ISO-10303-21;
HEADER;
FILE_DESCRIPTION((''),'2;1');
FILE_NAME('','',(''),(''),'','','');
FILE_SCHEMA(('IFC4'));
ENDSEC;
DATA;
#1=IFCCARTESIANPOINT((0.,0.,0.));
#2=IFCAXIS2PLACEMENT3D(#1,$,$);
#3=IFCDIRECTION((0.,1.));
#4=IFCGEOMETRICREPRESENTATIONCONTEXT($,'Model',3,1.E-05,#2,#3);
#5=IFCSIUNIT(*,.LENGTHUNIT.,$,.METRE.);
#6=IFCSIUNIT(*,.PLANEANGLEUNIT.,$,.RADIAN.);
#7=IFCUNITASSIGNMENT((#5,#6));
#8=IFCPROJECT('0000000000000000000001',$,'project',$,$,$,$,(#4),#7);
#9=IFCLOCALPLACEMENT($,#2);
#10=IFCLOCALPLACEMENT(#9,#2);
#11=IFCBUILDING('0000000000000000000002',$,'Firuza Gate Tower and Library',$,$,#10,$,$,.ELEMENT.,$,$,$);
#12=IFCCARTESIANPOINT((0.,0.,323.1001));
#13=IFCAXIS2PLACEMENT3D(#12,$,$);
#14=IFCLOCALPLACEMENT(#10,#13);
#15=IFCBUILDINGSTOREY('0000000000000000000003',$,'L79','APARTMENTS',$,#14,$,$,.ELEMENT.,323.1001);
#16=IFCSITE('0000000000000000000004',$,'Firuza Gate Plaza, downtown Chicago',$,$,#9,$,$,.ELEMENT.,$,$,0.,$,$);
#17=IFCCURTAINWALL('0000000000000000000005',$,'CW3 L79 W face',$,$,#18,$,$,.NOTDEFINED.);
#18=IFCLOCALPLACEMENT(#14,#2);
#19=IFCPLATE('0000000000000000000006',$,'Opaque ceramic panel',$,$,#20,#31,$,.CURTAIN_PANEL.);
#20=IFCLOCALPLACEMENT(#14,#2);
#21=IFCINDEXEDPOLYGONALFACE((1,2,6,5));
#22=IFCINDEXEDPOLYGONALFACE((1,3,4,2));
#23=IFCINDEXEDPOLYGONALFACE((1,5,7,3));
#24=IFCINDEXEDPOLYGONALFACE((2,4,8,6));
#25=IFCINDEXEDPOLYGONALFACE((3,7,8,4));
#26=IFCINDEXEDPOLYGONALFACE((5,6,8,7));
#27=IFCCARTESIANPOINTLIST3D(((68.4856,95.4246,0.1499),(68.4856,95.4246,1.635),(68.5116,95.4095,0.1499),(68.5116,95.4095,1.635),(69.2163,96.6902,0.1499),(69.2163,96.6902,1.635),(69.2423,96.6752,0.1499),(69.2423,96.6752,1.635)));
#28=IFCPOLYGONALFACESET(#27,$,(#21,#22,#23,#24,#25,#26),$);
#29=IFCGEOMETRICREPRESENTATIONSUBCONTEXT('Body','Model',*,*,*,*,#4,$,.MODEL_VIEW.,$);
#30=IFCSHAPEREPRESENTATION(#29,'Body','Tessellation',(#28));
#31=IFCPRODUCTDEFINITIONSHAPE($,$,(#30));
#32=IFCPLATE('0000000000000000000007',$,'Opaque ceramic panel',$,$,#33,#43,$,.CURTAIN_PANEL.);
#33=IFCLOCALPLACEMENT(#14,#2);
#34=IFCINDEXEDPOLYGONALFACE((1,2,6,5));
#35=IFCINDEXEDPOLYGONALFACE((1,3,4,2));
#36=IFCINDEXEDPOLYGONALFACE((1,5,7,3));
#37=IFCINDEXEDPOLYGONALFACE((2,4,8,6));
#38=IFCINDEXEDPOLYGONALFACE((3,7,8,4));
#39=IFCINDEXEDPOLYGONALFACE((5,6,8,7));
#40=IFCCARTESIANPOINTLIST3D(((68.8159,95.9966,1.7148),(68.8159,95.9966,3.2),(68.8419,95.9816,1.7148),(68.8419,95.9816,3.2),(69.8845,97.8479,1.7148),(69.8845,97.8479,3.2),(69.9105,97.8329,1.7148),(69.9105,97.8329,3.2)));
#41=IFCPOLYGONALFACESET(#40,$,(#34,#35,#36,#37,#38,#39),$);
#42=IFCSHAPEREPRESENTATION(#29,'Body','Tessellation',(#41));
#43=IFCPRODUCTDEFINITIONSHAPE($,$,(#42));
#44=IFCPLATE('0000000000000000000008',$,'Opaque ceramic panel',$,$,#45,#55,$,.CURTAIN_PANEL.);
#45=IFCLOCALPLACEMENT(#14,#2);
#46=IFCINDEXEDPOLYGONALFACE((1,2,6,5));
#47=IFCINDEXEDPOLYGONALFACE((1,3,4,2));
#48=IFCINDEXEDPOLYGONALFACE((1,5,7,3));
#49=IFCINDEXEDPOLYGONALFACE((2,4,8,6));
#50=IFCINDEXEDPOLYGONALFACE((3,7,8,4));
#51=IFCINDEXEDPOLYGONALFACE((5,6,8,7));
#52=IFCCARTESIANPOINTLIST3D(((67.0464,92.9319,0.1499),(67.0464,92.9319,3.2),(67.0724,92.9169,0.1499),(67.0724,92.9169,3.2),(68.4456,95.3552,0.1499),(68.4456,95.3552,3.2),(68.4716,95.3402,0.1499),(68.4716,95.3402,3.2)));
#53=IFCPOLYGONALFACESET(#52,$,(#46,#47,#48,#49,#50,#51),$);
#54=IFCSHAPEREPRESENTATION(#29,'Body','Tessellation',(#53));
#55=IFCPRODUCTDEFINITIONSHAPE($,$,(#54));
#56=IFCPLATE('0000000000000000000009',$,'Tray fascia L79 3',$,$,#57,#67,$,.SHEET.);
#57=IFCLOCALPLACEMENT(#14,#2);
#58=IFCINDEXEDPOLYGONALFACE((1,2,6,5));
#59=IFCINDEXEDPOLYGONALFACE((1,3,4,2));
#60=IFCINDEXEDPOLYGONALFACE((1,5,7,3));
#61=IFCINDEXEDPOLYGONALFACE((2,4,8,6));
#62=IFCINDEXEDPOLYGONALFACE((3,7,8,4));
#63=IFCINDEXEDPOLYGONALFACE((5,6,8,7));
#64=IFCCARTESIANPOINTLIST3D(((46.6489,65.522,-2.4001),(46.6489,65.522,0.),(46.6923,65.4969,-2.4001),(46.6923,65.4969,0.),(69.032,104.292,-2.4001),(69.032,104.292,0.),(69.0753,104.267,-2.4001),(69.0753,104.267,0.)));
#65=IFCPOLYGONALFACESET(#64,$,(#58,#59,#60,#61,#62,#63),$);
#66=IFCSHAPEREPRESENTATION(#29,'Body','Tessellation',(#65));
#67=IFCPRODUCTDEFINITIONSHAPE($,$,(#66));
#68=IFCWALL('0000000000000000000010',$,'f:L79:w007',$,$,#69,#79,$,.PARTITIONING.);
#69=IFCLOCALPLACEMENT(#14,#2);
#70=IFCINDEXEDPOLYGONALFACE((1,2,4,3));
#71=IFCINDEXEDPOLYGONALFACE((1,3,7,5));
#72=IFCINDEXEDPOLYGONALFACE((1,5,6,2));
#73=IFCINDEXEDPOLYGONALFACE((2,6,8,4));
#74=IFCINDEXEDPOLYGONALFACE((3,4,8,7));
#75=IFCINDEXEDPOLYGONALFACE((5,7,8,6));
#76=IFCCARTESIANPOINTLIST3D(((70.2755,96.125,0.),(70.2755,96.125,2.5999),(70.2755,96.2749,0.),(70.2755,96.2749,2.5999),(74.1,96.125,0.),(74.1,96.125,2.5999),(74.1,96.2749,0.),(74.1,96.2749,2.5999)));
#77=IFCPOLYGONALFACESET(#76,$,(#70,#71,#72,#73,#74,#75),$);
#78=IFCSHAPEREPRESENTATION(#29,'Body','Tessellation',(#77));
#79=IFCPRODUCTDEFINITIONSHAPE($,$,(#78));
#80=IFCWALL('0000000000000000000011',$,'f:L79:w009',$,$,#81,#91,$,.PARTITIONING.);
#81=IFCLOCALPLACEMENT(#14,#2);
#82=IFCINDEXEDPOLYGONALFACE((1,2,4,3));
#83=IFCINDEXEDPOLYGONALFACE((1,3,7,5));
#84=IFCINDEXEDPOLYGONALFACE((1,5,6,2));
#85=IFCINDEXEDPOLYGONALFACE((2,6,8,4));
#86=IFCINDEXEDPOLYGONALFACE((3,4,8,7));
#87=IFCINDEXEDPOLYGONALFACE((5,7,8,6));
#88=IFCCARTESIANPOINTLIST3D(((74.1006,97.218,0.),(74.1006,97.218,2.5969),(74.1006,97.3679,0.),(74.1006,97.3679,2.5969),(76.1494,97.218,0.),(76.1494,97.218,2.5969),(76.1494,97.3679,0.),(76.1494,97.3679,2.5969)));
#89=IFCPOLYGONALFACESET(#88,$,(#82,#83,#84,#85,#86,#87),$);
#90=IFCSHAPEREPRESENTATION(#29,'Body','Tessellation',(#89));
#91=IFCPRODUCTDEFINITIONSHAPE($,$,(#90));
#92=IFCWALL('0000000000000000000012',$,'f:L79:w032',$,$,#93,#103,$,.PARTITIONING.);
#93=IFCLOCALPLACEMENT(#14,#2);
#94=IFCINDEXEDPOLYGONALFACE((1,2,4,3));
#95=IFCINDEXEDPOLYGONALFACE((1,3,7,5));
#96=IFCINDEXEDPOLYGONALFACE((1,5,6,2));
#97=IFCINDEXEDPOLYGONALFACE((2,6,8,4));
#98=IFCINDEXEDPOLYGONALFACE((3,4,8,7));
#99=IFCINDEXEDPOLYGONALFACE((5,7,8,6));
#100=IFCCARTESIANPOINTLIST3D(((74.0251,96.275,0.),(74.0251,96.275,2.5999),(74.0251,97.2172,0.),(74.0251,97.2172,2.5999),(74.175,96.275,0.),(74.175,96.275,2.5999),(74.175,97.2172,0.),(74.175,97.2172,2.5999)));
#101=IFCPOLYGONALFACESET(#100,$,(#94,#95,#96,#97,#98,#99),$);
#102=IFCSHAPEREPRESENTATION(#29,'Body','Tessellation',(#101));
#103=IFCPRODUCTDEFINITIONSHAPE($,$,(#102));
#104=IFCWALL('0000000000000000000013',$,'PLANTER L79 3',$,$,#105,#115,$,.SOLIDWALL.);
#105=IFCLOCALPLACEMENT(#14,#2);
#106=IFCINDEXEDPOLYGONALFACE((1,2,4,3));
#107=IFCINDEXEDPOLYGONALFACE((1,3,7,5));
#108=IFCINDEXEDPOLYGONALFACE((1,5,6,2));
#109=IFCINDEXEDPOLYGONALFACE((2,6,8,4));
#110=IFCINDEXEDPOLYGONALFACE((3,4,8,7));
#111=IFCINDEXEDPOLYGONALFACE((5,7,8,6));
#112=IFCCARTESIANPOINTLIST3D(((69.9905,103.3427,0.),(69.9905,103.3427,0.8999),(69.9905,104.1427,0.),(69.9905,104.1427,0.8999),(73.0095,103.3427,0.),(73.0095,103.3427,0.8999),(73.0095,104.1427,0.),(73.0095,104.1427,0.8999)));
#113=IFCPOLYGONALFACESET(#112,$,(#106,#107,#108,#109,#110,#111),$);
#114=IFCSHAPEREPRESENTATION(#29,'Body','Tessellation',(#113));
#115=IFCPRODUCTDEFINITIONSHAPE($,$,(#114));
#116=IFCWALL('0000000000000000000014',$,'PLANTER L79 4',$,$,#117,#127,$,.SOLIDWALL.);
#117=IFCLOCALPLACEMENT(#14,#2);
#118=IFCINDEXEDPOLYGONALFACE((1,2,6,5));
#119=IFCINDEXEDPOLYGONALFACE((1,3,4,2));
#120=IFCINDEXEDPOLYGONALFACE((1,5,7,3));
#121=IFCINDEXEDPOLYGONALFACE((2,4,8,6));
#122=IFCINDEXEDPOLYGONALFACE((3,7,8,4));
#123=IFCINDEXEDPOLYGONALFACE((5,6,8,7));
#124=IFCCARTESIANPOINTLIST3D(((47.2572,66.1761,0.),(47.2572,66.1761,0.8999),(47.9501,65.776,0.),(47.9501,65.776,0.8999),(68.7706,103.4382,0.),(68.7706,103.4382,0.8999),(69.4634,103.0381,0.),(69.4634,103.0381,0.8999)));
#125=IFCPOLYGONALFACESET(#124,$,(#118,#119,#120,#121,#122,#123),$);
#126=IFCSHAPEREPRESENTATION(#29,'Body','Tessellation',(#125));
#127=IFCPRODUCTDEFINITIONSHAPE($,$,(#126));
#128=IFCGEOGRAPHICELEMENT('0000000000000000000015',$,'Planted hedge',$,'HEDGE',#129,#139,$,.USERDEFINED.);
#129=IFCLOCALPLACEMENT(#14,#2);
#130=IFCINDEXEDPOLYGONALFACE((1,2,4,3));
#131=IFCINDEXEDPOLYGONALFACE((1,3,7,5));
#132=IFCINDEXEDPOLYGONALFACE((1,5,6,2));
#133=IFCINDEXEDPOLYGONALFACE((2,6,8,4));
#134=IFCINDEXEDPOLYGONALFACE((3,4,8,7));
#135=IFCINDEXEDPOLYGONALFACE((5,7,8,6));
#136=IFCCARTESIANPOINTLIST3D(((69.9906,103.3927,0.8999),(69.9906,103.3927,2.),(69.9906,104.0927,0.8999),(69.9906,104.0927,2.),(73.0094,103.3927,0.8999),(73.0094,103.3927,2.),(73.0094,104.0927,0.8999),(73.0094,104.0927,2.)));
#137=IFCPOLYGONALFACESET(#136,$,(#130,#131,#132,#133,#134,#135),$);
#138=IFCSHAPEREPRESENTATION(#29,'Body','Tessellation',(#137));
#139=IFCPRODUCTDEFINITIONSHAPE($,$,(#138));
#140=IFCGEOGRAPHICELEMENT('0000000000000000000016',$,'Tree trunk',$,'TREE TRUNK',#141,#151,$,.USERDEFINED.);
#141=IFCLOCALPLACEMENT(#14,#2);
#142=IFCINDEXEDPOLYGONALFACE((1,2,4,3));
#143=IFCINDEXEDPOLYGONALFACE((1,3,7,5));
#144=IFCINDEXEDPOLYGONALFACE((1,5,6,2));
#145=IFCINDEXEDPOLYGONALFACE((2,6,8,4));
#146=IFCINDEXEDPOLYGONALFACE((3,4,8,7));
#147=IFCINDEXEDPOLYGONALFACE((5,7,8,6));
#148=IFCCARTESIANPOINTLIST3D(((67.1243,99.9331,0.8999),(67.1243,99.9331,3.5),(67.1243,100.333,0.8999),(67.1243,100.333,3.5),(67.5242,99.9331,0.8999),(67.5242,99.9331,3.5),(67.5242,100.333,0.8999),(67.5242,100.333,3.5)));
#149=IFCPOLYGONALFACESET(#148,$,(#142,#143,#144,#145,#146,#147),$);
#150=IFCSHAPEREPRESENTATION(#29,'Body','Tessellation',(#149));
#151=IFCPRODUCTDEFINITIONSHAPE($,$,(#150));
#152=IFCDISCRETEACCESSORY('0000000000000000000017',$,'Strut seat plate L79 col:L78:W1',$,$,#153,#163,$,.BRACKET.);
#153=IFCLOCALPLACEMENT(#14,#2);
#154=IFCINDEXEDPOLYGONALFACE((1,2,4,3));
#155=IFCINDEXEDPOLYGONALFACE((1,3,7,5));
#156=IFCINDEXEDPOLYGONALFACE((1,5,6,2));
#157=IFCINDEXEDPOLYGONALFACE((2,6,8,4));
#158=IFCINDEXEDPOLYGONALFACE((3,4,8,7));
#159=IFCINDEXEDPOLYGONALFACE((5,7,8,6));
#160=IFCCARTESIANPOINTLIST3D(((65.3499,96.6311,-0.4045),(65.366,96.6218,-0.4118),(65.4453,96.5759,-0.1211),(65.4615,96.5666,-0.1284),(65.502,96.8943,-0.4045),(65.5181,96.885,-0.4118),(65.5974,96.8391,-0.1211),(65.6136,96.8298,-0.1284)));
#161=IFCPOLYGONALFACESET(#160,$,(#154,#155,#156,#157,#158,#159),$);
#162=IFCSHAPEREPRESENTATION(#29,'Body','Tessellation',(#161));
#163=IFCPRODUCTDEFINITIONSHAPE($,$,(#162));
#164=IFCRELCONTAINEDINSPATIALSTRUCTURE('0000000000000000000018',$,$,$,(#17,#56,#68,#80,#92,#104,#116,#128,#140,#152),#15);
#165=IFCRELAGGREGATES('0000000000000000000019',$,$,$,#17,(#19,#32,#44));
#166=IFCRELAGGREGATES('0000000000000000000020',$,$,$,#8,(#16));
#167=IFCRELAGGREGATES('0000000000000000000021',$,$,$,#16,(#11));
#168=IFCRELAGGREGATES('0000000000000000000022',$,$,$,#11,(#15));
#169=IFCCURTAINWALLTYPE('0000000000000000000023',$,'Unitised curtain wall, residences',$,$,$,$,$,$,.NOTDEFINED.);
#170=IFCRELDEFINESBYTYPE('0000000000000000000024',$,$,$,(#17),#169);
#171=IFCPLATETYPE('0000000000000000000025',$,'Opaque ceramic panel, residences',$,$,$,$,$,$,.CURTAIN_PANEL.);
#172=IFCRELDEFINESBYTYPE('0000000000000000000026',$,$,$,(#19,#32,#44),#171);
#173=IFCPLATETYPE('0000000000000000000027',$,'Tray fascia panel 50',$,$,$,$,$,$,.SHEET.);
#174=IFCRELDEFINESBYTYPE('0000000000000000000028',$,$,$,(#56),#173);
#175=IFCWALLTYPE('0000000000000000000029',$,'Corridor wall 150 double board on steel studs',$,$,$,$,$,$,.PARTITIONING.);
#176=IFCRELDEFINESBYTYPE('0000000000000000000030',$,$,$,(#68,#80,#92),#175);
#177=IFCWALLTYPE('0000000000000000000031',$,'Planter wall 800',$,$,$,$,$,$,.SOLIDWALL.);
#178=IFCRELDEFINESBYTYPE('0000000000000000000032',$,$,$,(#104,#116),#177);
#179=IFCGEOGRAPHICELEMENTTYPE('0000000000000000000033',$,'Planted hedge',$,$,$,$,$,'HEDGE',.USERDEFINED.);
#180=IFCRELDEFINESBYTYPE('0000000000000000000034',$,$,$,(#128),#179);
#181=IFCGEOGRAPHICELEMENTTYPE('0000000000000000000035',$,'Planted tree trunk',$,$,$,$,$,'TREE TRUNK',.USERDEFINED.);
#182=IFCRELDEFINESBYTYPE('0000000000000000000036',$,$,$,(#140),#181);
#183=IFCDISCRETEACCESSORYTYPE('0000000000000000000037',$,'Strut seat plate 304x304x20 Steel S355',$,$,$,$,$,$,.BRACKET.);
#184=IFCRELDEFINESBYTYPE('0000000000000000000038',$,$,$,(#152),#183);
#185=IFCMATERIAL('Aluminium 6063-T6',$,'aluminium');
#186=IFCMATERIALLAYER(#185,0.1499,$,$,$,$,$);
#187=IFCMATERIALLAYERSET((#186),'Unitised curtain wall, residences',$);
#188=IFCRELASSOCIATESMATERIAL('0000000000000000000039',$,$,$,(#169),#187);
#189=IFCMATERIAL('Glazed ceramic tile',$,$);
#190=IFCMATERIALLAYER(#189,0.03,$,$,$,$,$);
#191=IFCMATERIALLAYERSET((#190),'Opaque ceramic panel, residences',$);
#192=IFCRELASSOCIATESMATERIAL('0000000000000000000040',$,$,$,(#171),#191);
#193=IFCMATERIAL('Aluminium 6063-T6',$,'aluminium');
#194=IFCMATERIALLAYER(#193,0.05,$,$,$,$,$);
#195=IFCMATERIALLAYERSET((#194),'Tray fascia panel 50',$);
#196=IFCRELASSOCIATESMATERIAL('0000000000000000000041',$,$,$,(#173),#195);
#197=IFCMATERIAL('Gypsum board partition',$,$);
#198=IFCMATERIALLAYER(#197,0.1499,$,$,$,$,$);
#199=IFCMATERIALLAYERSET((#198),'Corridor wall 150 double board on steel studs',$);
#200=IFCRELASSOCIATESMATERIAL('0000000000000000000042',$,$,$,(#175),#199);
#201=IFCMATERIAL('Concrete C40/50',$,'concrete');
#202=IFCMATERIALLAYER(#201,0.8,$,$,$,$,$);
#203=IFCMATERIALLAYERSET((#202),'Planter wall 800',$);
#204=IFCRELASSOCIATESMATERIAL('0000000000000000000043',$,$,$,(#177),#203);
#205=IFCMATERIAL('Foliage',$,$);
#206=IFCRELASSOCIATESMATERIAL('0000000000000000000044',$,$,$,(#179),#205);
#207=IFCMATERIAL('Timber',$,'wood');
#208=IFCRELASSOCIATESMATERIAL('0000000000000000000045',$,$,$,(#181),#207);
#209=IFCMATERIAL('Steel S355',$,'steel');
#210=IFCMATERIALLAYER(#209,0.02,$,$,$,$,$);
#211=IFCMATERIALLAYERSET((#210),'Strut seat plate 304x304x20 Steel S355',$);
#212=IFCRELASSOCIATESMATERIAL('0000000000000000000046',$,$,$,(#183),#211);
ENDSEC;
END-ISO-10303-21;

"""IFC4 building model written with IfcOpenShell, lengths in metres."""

from ifc_helpers import new_model, si_unit, direction, frame, frame_2d, origin, origin_2d, place, context, subcontext, project, spatial, polyline, rectangle, outline, extrude, material, layer, layer_set, type_object, element, aggregate, save


model = new_model("IFC4")

# Units and contexts
model_context = context("Model", 3, precision=1e-05, world=origin(), true_north=direction((0.0, 1.0)))
body_context = subcontext(model_context, "Body", "Model", "MODEL_VIEW")
ifc_project = project(units=[si_unit("LENGTHUNIT", "METRE"), si_unit("PLANEANGLEUNIT", "RADIAN")], contexts=[model_context])

# Site, building, storey
site_placement = place(None, origin())
site = spatial("IfcSite", under=ifc_project, at=site_placement, Name="Firuza Gate Plaza, downtown Chicago", CompositionType="ELEMENT", RefElevation=0.0)
building_placement = place(site_placement, origin())
building = spatial("IfcBuilding", under=site, at=building_placement, Name="Firuza Gate Tower and Library", CompositionType="ELEMENT")
storey_placement = place(building_placement, frame((0.0, 0.0, 323.1001)))
storey = spatial("IfcBuildingStorey", under=building, at=storey_placement, Name="L79", Description="APARTMENTS", CompositionType="ELEMENT", Elevation=323.1001)

# Curtain wall
ifc_material_1 = material(Name="Aluminium 6063-T6", Category="aluminium")
ifc_layer_1 = layer(ifc_material_1, 0.1499)
ifc_layer_set_1 = layer_set([ifc_layer_1], Name="Unitised curtain wall, residences")
curtain_wall_type_1 = type_object("IfcCurtainWallType", Name="Unitised curtain wall, residences", PredefinedType="NOTDEFINED", material=ifc_layer_set_1)
placement = place(storey_placement, origin())
curtain_wall_1 = element("IfcCurtainWall", 1, at=placement, inside=storey, type_object=curtain_wall_type_1, Name="CW3 L79 W face", PredefinedType="NOTDEFINED")

# Plates
ifc_material_2 = material(Name="Glazed ceramic tile")
ifc_layer_2 = layer(ifc_material_2, 0.03)
ifc_layer_set_2 = layer_set([ifc_layer_2], Name="Opaque ceramic panel, residences")
plate_type_1 = type_object("IfcPlateType", Name="Opaque ceramic panel, residences", PredefinedType="CURTAIN_PANEL", material=ifc_layer_set_2)
plate_1_placement = place(storey_placement, frame((69.2163, 96.6902, 0.1499), z_axis=(-0.866024, 0.500002, 0.0), x_axis=(-0.500002, -0.866024, 0.0)))
plate_1 = element("IfcPlate", 2, at=plate_1_placement, type_object=plate_type_1, Name="Opaque ceramic panel", PredefinedType="CURTAIN_PANEL", context=body_context, shape_type="SweptSolid", body=[
    extrude(outline(polyline([(0.0, 0.0), (1.4614, 0.0), (1.4614, 1.4851), (0.0, 1.4851), (0.0, 0.0)])), origin(), (0.0, 0.0, -1.0), 0.03),
])
plate_2_placement = place(storey_placement, frame((69.8845, 97.8479, 1.7148), z_axis=(-0.866077, 0.49991, 0.0), x_axis=(-0.49991, -0.866077, 0.0)))
plate_2 = element("IfcPlate", 3, at=plate_2_placement, type_object=plate_type_1, Name="Opaque ceramic panel", PredefinedType="CURTAIN_PANEL", context=body_context, shape_type="SweptSolid", body=[
    extrude(outline(polyline([(0.0, 0.0), (2.1376, 0.0), (2.1376, 1.4851), (0.0, 1.4851), (0.0, 0.0)])), origin(), (0.0, 0.0, -1.0), 0.03),
])
plate_3_placement = place(storey_placement, frame((68.4456, 95.3552, 0.1499), z_axis=(-0.866017, 0.500014, 0.0), x_axis=(-0.500014, -0.866017, 0.0)))
plate_3 = element("IfcPlate", 4, at=plate_3_placement, type_object=plate_type_1, Name="Opaque ceramic panel", PredefinedType="CURTAIN_PANEL", context=body_context, shape_type="SweptSolid", body=[
    extrude(outline(polyline([(0.0, 0.0), (2.7983, 0.0), (2.7983, 3.05), (0.0, 3.05), (0.0, 0.0)])), origin(), (0.0, 0.0, -1.0), 0.03),
])
aggregate(curtain_wall_1, [plate_1, plate_2, plate_3])
ifc_material_3 = material(Name="Aluminium 6063-T6", Category="aluminium")
ifc_layer_3 = layer(ifc_material_3, 0.05)
ifc_layer_set_3 = layer_set([ifc_layer_3], Name="Tray fascia panel 50")
plate_type_2 = type_object("IfcPlateType", Name="Tray fascia panel 50", PredefinedType="SHEET", material=ifc_layer_set_3)
plate_4_placement = place(storey_placement, frame((69.032, 104.292, -2.4001), z_axis=(-0.866033, 0.499986, 0.0), x_axis=(-0.499986, -0.866033, 0.0)))
element("IfcPlate", 5, at=plate_4_placement, inside=storey, type_object=plate_type_2, Name="Tray fascia L79 3", PredefinedType="SHEET", context=body_context, shape_type="SweptSolid", body=[
    extrude(outline(polyline([(0.0, 0.0), (44.7674, 0.0), (44.7674, 2.4001), (0.0, 2.4001), (0.0, 0.0)])), origin(), (0.0, 0.0, -1.0), 0.05),
])

# Walls
ifc_material_4 = material(Name="Gypsum board partition")
ifc_layer_4 = layer(ifc_material_4, 0.1499)
ifc_layer_set_4 = layer_set([ifc_layer_4], Name="Corridor wall 150 double board on steel studs")
wall_type_1 = type_object("IfcWallType", Name="Corridor wall 150 double board on steel studs", PredefinedType="PARTITIONING", material=ifc_layer_set_4)
wall_1_placement = place(storey_placement, frame((70.2756, 96.2, 0.0), z_axis=(0.0, 0.0, 1.0), x_axis=(1.0, 0.0, 0.0)))
element("IfcWall", 6, at=wall_1_placement, inside=storey, type_object=wall_type_1, Name="f:L79:w007", PredefinedType="PARTITIONING", context=body_context, shape_type="SweptSolid", body=[
    extrude(rectangle(XDim=3.8245, YDim=0.1499, at=frame_2d((1.9121, 0.0))), origin(), (0.0, 0.0, 1.0), 2.5999),
])
wall_2_placement = place(storey_placement, frame((74.1006, 97.293, 0.0), z_axis=(0.0, 0.0, 1.0), x_axis=(1.0, 0.0, 0.0)))
element("IfcWall", 7, at=wall_2_placement, inside=storey, type_object=wall_type_1, Name="f:L79:w009", PredefinedType="PARTITIONING", context=body_context, shape_type="SweptSolid", body=[
    extrude(rectangle(XDim=2.0488, YDim=0.1499, at=frame_2d((1.0244, 0.0))), origin(), (0.0, 0.0, 1.0), 2.5969),
])
wall_3_placement = place(storey_placement, frame((74.1001, 96.2749, 0.0), z_axis=(0.0, 0.0, 1.0), x_axis=(0.0, 1.0, 0.0)))
element("IfcWall", 8, at=wall_3_placement, inside=storey, type_object=wall_type_1, Name="f:L79:w032", PredefinedType="PARTITIONING", context=body_context, shape_type="SweptSolid", body=[
    extrude(rectangle(XDim=0.9421, YDim=0.1499, at=frame_2d((0.4712, 0.0))), origin(), (0.0, 0.0, 1.0), 2.5999),
])
ifc_material_5 = material(Name="Concrete C40/50", Category="concrete")
ifc_layer_5 = layer(ifc_material_5, 0.8)
ifc_layer_set_5 = layer_set([ifc_layer_5], Name="Planter wall 800")
wall_type_2 = type_object("IfcWallType", Name="Planter wall 800", PredefinedType="SOLIDWALL", material=ifc_layer_set_5)
wall_4_placement = place(storey_placement, frame((73.0095, 103.7427, 0.0), z_axis=(0.0, 0.0, 1.0), x_axis=(-1.0, 0.0, 0.0)))
element("IfcWall", 9, at=wall_4_placement, inside=storey, type_object=wall_type_2, Name="PLANTER L79 3", PredefinedType="SOLIDWALL", context=body_context, shape_type="SweptSolid", body=[
    extrude(rectangle(XDim=3.019, YDim=0.8, at=frame_2d((1.5095, 0.0))), origin(), (0.0, 0.0, 1.0), 0.8999),
])
wall_5_placement = place(storey_placement, frame((69.1169, 103.238, 0.0), z_axis=(0.0, 0.0, 1.0), x_axis=(-0.500001, -0.866025, 0.0)))
element("IfcWall", 10, at=wall_5_placement, inside=storey, type_object=wall_type_2, Name="PLANTER L79 4", PredefinedType="SOLIDWALL", context=body_context, shape_type="SweptSolid", body=[
    extrude(rectangle(XDim=43.0266, YDim=0.8, at=frame_2d((21.5132, 0.0))), origin(), (0.0, 0.0, 1.0), 0.8999),
])

# Geographic elements
ifc_material_6 = material(Name="Foliage")
geographic_element_type_1 = type_object("IfcGeographicElementType", Name="Planted hedge", ElementType="HEDGE", PredefinedType="USERDEFINED", material=ifc_material_6)
geographic_element_1_placement = place(storey_placement, frame((71.5, 103.7427, 0.8999), z_axis=(0.0, 0.0, 1.0), x_axis=(-1.0, 0.0, 0.0)))
element("IfcGeographicElement", 11, at=geographic_element_1_placement, inside=storey, type_object=geographic_element_type_1, Name="Planted hedge", ObjectType="HEDGE", PredefinedType="USERDEFINED", context=body_context, shape_type="SweptSolid", body=[
    extrude(rectangle(XDim=3.0188, YDim=0.7, at=origin_2d()), origin(), (0.0, 0.0, 1.0), 1.1001),
])
ifc_material_7 = material(Name="Timber", Category="wood")
geographic_element_type_2 = type_object("IfcGeographicElementType", Name="Planted tree trunk", ElementType="TREE TRUNK", PredefinedType="USERDEFINED", material=ifc_material_7)
geographic_element_2_placement = place(storey_placement, frame((67.3242, 100.1331, 0.8999), z_axis=(0.0, 0.0, 1.0), x_axis=(1.0, 0.0, 0.0)))
element("IfcGeographicElement", 12, at=geographic_element_2_placement, inside=storey, type_object=geographic_element_type_2, Name="Tree trunk", ObjectType="TREE TRUNK", PredefinedType="USERDEFINED", context=body_context, shape_type="SweptSolid", body=[
    extrude(rectangle(XDim=0.3999, YDim=0.3999, at=origin_2d()), origin(), (0.0, 0.0, 1.0), 2.6001),
])

# Discrete accessory
ifc_material_8 = material(Name="Steel S355", Category="steel")
ifc_layer_6 = layer(ifc_material_8, 0.02)
ifc_layer_set_6 = layer_set([ifc_layer_6], Name="Strut seat plate 304x304x20 Steel S355")
discrete_accessory_type = type_object("IfcDiscreteAccessoryType", Name="Strut seat plate 304x304x20 Steel S355", PredefinedType="BRACKET", material=ifc_layer_set_6)
discrete_accessory_placement = place(storey_placement, frame((65.5974, 96.8391, -0.1211), z_axis=(-0.806913, 0.466333, 0.362527), x_axis=(-0.500371, -0.865811, 0.0)))
element("IfcDiscreteAccessory", 13, at=discrete_accessory_placement, inside=storey, type_object=discrete_accessory_type, Name="Strut seat plate L79 col:L78:W1", PredefinedType="BRACKET", context=body_context, shape_type="SweptSolid", body=[
    extrude(outline(polyline([(0.0, 0.0), (0.304, 0.0), (0.304, -0.3041), (0.0, -0.3041), (0.0, 0.0)])), origin(), (0.0, 0.0, -1.0), 0.02),
])

save(model, "model.ifc")
